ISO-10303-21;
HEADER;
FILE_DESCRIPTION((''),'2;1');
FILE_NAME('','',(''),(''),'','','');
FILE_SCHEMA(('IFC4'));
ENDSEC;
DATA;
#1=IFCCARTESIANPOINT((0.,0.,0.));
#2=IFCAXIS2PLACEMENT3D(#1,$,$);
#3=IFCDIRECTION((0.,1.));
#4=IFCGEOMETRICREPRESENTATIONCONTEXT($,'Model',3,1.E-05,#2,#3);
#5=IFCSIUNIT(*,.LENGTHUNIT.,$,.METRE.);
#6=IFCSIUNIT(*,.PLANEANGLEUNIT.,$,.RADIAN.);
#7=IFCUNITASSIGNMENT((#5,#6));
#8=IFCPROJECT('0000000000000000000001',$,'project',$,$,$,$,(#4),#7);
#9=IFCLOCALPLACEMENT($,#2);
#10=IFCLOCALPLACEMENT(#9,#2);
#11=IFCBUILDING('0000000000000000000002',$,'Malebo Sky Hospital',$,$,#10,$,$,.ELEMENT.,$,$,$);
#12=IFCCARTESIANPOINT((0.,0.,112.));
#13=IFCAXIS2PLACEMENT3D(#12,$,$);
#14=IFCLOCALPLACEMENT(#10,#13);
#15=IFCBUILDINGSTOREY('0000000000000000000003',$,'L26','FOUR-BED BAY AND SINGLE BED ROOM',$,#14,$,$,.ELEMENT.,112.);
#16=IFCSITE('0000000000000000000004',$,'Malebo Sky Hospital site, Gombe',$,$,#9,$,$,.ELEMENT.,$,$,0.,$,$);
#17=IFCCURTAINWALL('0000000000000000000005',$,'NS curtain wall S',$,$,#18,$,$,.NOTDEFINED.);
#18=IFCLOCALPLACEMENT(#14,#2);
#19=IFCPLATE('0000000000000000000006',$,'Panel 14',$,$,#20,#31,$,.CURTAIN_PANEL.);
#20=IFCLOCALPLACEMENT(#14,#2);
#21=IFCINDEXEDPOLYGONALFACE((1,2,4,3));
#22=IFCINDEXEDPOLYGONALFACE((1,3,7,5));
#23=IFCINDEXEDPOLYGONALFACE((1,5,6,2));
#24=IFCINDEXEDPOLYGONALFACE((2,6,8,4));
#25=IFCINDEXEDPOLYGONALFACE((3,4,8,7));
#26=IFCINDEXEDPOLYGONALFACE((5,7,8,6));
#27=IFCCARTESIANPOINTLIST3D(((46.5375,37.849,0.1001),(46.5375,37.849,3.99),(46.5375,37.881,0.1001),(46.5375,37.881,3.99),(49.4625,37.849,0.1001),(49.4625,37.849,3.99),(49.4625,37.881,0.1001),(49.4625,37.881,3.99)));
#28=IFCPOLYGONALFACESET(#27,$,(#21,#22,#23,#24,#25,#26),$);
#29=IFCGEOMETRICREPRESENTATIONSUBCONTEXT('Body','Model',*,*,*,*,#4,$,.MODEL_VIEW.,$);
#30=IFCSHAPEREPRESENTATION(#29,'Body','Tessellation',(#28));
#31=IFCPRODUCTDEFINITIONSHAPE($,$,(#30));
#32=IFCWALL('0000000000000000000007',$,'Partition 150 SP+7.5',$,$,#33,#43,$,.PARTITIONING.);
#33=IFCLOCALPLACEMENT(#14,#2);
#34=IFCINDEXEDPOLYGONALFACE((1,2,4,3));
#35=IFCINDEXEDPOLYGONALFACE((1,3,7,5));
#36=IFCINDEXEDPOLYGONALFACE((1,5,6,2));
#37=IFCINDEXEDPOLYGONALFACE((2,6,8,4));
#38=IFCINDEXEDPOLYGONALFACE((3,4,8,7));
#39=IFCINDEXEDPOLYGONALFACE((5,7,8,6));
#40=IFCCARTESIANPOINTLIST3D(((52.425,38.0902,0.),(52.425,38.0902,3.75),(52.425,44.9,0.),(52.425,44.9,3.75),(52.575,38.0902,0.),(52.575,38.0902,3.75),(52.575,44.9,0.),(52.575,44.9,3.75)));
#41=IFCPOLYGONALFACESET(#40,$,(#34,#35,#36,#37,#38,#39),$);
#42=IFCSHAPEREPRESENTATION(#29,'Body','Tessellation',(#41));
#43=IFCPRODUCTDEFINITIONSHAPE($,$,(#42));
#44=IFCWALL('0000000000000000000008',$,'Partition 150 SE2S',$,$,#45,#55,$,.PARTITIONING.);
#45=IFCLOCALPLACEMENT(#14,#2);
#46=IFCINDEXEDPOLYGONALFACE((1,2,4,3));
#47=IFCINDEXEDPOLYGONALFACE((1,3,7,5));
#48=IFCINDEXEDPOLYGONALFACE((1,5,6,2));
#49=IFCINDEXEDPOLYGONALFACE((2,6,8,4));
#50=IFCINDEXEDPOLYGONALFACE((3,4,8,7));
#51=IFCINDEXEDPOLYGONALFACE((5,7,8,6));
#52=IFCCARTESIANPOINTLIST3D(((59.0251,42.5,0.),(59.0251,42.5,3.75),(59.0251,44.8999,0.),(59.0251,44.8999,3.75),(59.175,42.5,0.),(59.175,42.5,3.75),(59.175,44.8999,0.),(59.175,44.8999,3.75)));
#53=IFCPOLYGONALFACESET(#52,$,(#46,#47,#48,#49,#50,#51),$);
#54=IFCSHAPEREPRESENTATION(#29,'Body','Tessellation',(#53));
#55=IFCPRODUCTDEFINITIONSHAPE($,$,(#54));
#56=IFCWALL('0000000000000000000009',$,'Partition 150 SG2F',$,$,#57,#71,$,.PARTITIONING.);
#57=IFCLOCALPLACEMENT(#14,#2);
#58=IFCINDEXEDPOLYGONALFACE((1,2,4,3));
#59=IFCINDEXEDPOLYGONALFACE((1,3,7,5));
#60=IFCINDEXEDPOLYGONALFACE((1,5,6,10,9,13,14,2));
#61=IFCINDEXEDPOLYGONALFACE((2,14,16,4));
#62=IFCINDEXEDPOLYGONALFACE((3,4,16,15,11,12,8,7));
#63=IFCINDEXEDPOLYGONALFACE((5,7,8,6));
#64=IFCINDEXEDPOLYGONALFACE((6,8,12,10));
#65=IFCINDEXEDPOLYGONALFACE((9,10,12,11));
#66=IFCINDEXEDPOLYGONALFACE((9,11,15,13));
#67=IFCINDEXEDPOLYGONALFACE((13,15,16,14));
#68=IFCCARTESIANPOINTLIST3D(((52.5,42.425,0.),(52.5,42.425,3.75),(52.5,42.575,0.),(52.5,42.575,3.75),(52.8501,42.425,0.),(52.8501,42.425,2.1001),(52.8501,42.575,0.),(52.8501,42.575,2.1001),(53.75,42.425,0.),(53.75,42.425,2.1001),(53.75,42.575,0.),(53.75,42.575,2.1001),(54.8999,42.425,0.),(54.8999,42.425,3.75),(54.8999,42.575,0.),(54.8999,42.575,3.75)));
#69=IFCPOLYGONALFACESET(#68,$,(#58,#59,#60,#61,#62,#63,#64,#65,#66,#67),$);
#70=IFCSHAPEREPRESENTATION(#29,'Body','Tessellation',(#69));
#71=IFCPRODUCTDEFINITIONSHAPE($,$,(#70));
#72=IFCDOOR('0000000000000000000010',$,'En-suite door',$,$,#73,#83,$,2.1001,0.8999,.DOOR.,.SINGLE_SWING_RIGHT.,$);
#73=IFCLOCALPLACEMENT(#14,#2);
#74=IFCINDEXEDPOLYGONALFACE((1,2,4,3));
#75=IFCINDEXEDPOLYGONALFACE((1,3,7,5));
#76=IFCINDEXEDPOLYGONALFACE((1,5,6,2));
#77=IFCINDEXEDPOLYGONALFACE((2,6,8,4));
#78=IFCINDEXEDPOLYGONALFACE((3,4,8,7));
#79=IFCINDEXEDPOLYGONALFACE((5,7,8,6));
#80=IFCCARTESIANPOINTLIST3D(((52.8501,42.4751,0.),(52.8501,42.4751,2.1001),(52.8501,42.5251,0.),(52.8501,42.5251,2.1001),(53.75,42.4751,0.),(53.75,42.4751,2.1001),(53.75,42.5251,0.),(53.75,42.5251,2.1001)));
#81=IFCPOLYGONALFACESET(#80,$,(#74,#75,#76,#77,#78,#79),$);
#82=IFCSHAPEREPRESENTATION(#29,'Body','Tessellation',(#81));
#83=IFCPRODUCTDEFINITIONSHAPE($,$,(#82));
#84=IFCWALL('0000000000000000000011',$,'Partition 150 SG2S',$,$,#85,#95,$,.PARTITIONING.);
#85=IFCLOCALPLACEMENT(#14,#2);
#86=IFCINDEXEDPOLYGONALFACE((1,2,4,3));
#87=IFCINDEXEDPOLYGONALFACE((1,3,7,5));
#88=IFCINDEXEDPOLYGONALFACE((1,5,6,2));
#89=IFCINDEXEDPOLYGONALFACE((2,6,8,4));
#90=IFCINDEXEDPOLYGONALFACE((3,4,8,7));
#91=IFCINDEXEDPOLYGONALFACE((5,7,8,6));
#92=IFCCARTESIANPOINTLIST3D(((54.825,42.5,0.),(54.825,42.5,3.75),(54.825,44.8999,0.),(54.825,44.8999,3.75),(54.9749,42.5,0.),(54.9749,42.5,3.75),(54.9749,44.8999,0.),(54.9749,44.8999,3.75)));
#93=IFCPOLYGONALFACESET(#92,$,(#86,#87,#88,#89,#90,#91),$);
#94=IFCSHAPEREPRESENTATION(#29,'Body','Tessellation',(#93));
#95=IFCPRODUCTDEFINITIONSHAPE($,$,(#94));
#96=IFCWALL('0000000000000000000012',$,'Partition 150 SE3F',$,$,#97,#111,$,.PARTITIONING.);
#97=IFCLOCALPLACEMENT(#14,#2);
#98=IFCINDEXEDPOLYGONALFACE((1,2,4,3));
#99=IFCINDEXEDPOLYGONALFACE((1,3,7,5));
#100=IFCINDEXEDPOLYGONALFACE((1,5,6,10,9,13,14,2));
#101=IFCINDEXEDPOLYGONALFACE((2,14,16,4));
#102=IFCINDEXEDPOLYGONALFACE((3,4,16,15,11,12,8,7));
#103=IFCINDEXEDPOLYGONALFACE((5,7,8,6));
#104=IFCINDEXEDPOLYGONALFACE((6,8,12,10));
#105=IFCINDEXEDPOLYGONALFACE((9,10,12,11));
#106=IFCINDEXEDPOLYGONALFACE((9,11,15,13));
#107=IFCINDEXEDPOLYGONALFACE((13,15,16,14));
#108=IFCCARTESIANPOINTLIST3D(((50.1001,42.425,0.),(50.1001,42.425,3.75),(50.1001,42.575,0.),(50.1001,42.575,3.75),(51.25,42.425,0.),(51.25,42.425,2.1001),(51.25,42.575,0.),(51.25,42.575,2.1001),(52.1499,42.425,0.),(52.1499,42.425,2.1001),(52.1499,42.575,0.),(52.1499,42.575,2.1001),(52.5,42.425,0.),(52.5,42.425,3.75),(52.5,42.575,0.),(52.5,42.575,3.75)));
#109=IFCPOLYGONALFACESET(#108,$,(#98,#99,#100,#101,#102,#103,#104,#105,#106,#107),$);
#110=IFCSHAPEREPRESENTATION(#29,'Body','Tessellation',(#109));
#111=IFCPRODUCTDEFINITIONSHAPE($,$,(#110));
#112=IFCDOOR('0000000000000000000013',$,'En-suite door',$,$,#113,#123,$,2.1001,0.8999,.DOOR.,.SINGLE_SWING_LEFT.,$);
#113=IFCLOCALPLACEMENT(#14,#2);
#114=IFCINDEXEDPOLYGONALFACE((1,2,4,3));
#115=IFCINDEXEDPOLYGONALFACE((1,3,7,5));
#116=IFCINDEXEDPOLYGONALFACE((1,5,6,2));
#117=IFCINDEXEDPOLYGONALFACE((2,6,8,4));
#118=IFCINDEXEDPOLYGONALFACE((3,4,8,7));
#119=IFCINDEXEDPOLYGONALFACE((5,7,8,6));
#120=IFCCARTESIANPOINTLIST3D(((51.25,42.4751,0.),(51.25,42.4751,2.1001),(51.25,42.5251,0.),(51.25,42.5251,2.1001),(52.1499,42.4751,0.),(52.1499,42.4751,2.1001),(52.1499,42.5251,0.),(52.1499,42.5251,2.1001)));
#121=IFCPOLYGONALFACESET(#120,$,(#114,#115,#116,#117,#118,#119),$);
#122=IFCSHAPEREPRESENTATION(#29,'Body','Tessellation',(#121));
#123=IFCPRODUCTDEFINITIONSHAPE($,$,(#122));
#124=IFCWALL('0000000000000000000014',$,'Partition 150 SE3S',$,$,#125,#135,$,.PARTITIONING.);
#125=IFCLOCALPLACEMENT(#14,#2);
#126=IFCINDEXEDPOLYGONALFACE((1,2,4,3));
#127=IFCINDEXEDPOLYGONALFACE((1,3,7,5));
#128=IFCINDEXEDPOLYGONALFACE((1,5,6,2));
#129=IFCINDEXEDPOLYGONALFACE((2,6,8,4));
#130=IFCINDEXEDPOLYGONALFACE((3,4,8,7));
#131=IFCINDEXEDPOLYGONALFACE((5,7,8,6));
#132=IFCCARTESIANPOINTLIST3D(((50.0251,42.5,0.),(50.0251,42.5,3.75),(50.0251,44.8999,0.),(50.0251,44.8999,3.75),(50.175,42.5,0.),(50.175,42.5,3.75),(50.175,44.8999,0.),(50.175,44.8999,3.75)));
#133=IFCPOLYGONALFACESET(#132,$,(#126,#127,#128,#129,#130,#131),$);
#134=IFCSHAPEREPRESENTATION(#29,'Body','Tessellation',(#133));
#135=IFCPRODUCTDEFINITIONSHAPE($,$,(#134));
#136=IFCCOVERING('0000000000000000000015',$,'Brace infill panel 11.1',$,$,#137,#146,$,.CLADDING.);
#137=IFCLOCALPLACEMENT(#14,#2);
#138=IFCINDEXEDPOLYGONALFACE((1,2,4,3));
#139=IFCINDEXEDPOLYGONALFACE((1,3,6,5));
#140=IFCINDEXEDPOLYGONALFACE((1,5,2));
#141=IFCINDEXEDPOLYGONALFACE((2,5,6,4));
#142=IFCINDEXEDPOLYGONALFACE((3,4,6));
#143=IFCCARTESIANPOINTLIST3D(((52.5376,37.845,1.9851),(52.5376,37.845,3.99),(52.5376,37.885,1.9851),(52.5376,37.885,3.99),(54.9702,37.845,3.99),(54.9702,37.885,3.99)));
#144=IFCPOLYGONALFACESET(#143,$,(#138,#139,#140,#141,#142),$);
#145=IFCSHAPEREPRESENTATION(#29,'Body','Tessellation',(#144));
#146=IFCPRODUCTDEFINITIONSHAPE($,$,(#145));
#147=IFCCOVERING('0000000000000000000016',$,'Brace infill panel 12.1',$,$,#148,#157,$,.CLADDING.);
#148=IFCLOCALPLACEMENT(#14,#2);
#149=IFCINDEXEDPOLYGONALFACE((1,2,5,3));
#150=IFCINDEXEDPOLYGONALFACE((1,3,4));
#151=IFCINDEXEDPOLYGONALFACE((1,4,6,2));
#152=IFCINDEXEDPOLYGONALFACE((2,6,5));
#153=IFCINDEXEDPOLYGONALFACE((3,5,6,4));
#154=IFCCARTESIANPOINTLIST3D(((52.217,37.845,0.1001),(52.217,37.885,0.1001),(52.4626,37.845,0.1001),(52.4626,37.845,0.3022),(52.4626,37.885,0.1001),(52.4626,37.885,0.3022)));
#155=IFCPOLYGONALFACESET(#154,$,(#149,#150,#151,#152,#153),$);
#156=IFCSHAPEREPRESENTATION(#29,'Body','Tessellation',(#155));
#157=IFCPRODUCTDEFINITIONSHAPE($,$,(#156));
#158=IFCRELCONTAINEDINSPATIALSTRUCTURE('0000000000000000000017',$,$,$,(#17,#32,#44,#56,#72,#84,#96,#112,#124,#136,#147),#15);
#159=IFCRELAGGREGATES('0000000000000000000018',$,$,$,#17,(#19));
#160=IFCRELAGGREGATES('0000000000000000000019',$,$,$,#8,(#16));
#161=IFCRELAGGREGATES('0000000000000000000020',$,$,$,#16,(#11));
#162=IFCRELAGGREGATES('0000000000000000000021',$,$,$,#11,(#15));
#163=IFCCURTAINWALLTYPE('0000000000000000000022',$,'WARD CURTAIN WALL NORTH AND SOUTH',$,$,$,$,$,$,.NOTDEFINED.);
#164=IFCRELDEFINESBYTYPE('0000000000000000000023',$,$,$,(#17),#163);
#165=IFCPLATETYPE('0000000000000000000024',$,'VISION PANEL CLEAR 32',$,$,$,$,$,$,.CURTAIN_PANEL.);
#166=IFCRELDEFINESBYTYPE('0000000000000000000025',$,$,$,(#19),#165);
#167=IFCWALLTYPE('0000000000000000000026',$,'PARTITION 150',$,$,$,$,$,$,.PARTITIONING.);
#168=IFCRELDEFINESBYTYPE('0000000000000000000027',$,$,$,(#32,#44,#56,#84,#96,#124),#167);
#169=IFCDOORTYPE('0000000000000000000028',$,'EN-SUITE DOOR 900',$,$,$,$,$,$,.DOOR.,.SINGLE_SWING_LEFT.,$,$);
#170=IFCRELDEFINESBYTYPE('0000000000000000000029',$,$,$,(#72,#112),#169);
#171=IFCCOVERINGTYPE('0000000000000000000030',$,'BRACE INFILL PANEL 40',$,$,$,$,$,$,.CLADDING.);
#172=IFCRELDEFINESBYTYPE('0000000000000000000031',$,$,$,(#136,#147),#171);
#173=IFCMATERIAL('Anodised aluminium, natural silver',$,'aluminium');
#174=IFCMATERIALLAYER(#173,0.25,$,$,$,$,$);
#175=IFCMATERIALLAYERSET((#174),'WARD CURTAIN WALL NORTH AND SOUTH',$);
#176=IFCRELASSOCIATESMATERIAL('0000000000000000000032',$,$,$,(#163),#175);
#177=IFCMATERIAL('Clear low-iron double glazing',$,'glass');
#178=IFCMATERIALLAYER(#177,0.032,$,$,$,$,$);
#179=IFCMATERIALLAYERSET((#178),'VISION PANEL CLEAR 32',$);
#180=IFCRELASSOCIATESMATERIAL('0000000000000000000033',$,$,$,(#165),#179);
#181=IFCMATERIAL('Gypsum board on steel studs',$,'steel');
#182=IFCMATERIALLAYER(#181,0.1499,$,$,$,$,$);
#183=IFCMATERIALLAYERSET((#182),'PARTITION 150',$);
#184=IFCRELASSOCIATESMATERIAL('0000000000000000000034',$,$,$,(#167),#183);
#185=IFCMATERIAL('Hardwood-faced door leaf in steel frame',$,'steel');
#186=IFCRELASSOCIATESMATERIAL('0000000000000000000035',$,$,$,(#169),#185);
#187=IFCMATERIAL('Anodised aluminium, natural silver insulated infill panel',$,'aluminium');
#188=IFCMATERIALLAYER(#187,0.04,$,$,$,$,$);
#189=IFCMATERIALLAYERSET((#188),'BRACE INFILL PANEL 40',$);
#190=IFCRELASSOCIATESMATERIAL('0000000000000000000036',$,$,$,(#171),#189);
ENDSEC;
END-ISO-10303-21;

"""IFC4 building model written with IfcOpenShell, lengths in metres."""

from ifc_helpers import new_model, si_unit, direction, frame, frame_2d, origin, origin_2d, place, context, subcontext, project, spatial, polyline, rectangle, outline, extrude, material, layer, layer_set, type_object, element, fill, aggregate, save


model = new_model("IFC4")

# Units and contexts
model_context = context("Model", 3, precision=1e-05, world=origin(), true_north=direction((0.0, 1.0)))
body_context = subcontext(model_context, "Body", "Model", "MODEL_VIEW")
ifc_project = project(units=[si_unit("LENGTHUNIT", "METRE"), si_unit("PLANEANGLEUNIT", "RADIAN")], contexts=[model_context])

# Site, building, storey
site_placement = place(None, origin())
site = spatial("IfcSite", under=ifc_project, at=site_placement, Name="Malebo Sky Hospital site, Gombe", CompositionType="ELEMENT", RefElevation=0.0)
building_placement = place(site_placement, origin())
building = spatial("IfcBuilding", under=site, at=building_placement, Name="Malebo Sky Hospital", CompositionType="ELEMENT")
storey_placement = place(building_placement, frame((0.0, 0.0, 112.0)))
storey = spatial("IfcBuildingStorey", under=building, at=storey_placement, Name="L26", Description="FOUR-BED BAY AND SINGLE BED ROOM", CompositionType="ELEMENT", Elevation=112.0)

# Curtain wall
ifc_material_1 = material(Name="Anodised aluminium, natural silver", Category="aluminium")
ifc_layer_1 = layer(ifc_material_1, 0.25)
ifc_layer_set_1 = layer_set([ifc_layer_1], Name="WARD CURTAIN WALL NORTH AND SOUTH")
curtain_wall_type = type_object("IfcCurtainWallType", Name="WARD CURTAIN WALL NORTH AND SOUTH", PredefinedType="NOTDEFINED", material=ifc_layer_set_1)
curtain_wall_placement = place(storey_placement, origin())
curtain_wall = element("IfcCurtainWall", 1, at=curtain_wall_placement, inside=storey, type_object=curtain_wall_type, Name="NS curtain wall S", PredefinedType="NOTDEFINED")

# Plate
ifc_material_2 = material(Name="Clear low-iron double glazing", Category="glass")
ifc_layer_2 = layer(ifc_material_2, 0.032)
ifc_layer_set_2 = layer_set([ifc_layer_2], Name="VISION PANEL CLEAR 32")
plate_type = type_object("IfcPlateType", Name="VISION PANEL CLEAR 32", PredefinedType="CURTAIN_PANEL", material=ifc_layer_set_2)
plate_1_placement = place(storey_placement, frame((48.0, 37.865, 0.1001), z_axis=(0.0, 0.0, 1.0), x_axis=(-1.0, 0.0, 0.0)))
plate_1 = element("IfcPlate", 2, at=plate_1_placement, type_object=plate_type, Name="Panel 14", PredefinedType="CURTAIN_PANEL", context=body_context, shape_type="SweptSolid", body=[
    extrude(rectangle(XDim=2.925, YDim=0.032, at=origin_2d()), origin(), (0.0, 0.0, 1.0), 3.8899),
])
aggregate(curtain_wall, [plate_1])

# Walls
ifc_material_3 = material(Name="Gypsum board on steel studs", Category="steel")
ifc_layer_3 = layer(ifc_material_3, 0.1499)
ifc_layer_set_3 = layer_set([ifc_layer_3], Name="PARTITION 150")
wall_type = type_object("IfcWallType", Name="PARTITION 150", PredefinedType="PARTITIONING", material=ifc_layer_set_3)
wall_1_placement = place(storey_placement, frame((52.5, 44.8999, 0.0), z_axis=(0.0, 0.0, 1.0), x_axis=(0.0, -1.0, 0.0)))
element("IfcWall", 3, at=wall_1_placement, inside=storey, type_object=wall_type, Name="Partition 150 SP+7.5", PredefinedType="PARTITIONING", context=body_context, shape_type="SweptSolid", body=[
    extrude(rectangle(XDim=6.8098, YDim=0.1499, at=frame_2d((3.4048, 0.0))), origin(), (0.0, 0.0, 1.0), 3.75),
])
wall_2_placement = place(storey_placement, frame((59.1001, 44.8999, 0.0), z_axis=(0.0, 0.0, 1.0), x_axis=(0.0, -1.0, 0.0)))
element("IfcWall", 4, at=wall_2_placement, inside=storey, type_object=wall_type, Name="Partition 150 SE2S", PredefinedType="PARTITIONING", context=body_context, shape_type="SweptSolid", body=[
    extrude(rectangle(XDim=2.3999, YDim=0.1499, at=frame_2d((1.2, 0.0))), origin(), (0.0, 0.0, 1.0), 3.75),
])

# Wall, opening, door
wall_3_placement = place(storey_placement, frame((54.8999, 42.5, 0.0), z_axis=(0.0, 0.0, 1.0), x_axis=(-1.0, 0.0, 0.0)))
wall_3 = element("IfcWall", 5, at=wall_3_placement, inside=storey, type_object=wall_type, Name="Partition 150 SG2F", PredefinedType="PARTITIONING", context=body_context, shape_type="SweptSolid", body=[
    extrude(rectangle(XDim=2.3999, YDim=0.1499, at=frame_2d((1.2, 0.0))), origin(), (0.0, 0.0, 1.0), 3.75),
])
opening_1_placement = place(wall_3_placement, frame((1.1499, 0.0, 0.0)))
opening_1 = element("IfcOpeningElement", 6, at=opening_1_placement, cuts=wall_3, PredefinedType="OPENING", context=body_context, shape_type="SweptSolid", body=[
    extrude(rectangle(XDim=0.8999, YDim=2.1001, at=frame_2d((0.45, 1.05))), frame((0.0, 0.085, 0.0), z_axis=(0.0, -1.0, 0.0), x_axis=(1.0, 0.0, 0.0)), (0.0, 0.0, 1.0), 0.1699),
])
ifc_material_4 = material(Name="Hardwood-faced door leaf in steel frame", Category="steel")
door_type = type_object("IfcDoorType", Name="EN-SUITE DOOR 900", OperationType="SINGLE_SWING_LEFT", PredefinedType="DOOR", material=ifc_material_4)
door_1_placement = place(opening_1_placement, origin())
door_1 = element("IfcDoor", 7, at=door_1_placement, inside=storey, type_object=door_type, Name="En-suite door", OperationType="SINGLE_SWING_RIGHT", OverallHeight=2.1001, OverallWidth=0.8999, PredefinedType="DOOR", context=body_context, shape_type="SweptSolid", body=[
    extrude(rectangle(XDim=0.8999, YDim=2.1001, at=frame_2d((0.45, 1.05))), frame((0.0, 0.0249, 0.0), z_axis=(0.0, -1.0, 0.0), x_axis=(1.0, 0.0, 0.0)), (0.0, 0.0, 1.0), 0.05),
])
fill(opening_1, door_1)

# Wall
wall_4_placement = place(storey_placement, frame((54.8999, 44.8999, 0.0), z_axis=(0.0, 0.0, 1.0), x_axis=(0.0, -1.0, 0.0)))
element("IfcWall", 8, at=wall_4_placement, inside=storey, type_object=wall_type, Name="Partition 150 SG2S", PredefinedType="PARTITIONING", context=body_context, shape_type="SweptSolid", body=[
    extrude(rectangle(XDim=2.3999, YDim=0.1499, at=frame_2d((1.2, 0.0))), origin(), (0.0, 0.0, 1.0), 3.75),
])

# Wall, opening, door
wall_5_placement = place(storey_placement, frame((52.5, 42.5, 0.0), z_axis=(0.0, 0.0, 1.0), x_axis=(-1.0, 0.0, 0.0)))
wall_5 = element("IfcWall", 9, at=wall_5_placement, inside=storey, type_object=wall_type, Name="Partition 150 SE3F", PredefinedType="PARTITIONING", context=body_context, shape_type="SweptSolid", body=[
    extrude(rectangle(XDim=2.3999, YDim=0.1499, at=frame_2d((1.2, 0.0))), origin(), (0.0, 0.0, 1.0), 3.75),
])
opening_2_placement = place(wall_5_placement, frame((0.3501, 0.0, 0.0)))
opening_2 = element("IfcOpeningElement", 10, at=opening_2_placement, cuts=wall_5, PredefinedType="OPENING", context=body_context, shape_type="SweptSolid", body=[
    extrude(rectangle(XDim=0.8999, YDim=2.1001, at=frame_2d((0.45, 1.05))), frame((0.0, 0.085, 0.0), z_axis=(0.0, -1.0, 0.0), x_axis=(1.0, 0.0, 0.0)), (0.0, 0.0, 1.0), 0.1699),
])
door_2_placement = place(opening_2_placement, origin())
door_2 = element("IfcDoor", 11, at=door_2_placement, inside=storey, type_object=door_type, Name="En-suite door", OperationType="SINGLE_SWING_LEFT", OverallHeight=2.1001, OverallWidth=0.8999, PredefinedType="DOOR", context=body_context, shape_type="SweptSolid", body=[
    extrude(rectangle(XDim=0.8999, YDim=2.1001, at=frame_2d((0.45, 1.05))), frame((0.0, 0.0249, 0.0), z_axis=(0.0, -1.0, 0.0), x_axis=(1.0, 0.0, 0.0)), (0.0, 0.0, 1.0), 0.05),
])
fill(opening_2, door_2)

# Wall
wall_6_placement = place(storey_placement, frame((50.1001, 44.8999, 0.0), z_axis=(0.0, 0.0, 1.0), x_axis=(0.0, -1.0, 0.0)))
element("IfcWall", 12, at=wall_6_placement, inside=storey, type_object=wall_type, Name="Partition 150 SE3S", PredefinedType="PARTITIONING", context=body_context, shape_type="SweptSolid", body=[
    extrude(rectangle(XDim=2.3999, YDim=0.1499, at=frame_2d((1.2, 0.0))), origin(), (0.0, 0.0, 1.0), 3.75),
])

# Coverings
ifc_material_5 = material(Name="Anodised aluminium, natural silver insulated infill panel", Category="aluminium")
ifc_layer_4 = layer(ifc_material_5, 0.04)
ifc_layer_set_4 = layer_set([ifc_layer_4], Name="BRACE INFILL PANEL 40")
covering_type = type_object("IfcCoveringType", Name="BRACE INFILL PANEL 40", PredefinedType="CLADDING", material=ifc_layer_set_4)
covering_1_placement = place(storey_placement, frame((53.7539, 37.865, 1.9851), z_axis=(0.0, 0.0, 1.0), x_axis=(-1.0, 0.0, 0.0)))
element("IfcCovering", 13, at=covering_1_placement, inside=storey, type_object=covering_type, Name="Brace infill panel 11.1", PredefinedType="CLADDING", context=body_context, shape_type="SweptSolid", body=[
    extrude(outline(polyline([(1.2163, 0.0), (1.2163, 2.0049), (-1.2163, 2.0049), (1.2163, 0.0)])), frame((0.0, 0.02, 0.0), z_axis=(0.0, -1.0, 0.0), x_axis=(1.0, 0.0, 0.0)), (0.0, 0.0, 1.0), 0.04),
])
covering_2_placement = place(storey_placement, frame((52.3398, 37.865, 0.1001), z_axis=(0.0, 0.0, 1.0), x_axis=(-1.0, 0.0, 0.0)))
element("IfcCovering", 14, at=covering_2_placement, inside=storey, type_object=covering_type, Name="Brace infill panel 12.1", PredefinedType="CLADDING", context=body_context, shape_type="SweptSolid", body=[
    extrude(outline(polyline([(-0.1228, 0.0), (0.1228, 0.0), (-0.1228, 0.2021), (-0.1228, 0.0)])), frame((0.0, 0.02, 0.0), z_axis=(0.0, -1.0, 0.0), x_axis=(1.0, 0.0, 0.0)), (0.0, 0.0, 1.0), 0.04),
])

save(model, "model.ifc")
